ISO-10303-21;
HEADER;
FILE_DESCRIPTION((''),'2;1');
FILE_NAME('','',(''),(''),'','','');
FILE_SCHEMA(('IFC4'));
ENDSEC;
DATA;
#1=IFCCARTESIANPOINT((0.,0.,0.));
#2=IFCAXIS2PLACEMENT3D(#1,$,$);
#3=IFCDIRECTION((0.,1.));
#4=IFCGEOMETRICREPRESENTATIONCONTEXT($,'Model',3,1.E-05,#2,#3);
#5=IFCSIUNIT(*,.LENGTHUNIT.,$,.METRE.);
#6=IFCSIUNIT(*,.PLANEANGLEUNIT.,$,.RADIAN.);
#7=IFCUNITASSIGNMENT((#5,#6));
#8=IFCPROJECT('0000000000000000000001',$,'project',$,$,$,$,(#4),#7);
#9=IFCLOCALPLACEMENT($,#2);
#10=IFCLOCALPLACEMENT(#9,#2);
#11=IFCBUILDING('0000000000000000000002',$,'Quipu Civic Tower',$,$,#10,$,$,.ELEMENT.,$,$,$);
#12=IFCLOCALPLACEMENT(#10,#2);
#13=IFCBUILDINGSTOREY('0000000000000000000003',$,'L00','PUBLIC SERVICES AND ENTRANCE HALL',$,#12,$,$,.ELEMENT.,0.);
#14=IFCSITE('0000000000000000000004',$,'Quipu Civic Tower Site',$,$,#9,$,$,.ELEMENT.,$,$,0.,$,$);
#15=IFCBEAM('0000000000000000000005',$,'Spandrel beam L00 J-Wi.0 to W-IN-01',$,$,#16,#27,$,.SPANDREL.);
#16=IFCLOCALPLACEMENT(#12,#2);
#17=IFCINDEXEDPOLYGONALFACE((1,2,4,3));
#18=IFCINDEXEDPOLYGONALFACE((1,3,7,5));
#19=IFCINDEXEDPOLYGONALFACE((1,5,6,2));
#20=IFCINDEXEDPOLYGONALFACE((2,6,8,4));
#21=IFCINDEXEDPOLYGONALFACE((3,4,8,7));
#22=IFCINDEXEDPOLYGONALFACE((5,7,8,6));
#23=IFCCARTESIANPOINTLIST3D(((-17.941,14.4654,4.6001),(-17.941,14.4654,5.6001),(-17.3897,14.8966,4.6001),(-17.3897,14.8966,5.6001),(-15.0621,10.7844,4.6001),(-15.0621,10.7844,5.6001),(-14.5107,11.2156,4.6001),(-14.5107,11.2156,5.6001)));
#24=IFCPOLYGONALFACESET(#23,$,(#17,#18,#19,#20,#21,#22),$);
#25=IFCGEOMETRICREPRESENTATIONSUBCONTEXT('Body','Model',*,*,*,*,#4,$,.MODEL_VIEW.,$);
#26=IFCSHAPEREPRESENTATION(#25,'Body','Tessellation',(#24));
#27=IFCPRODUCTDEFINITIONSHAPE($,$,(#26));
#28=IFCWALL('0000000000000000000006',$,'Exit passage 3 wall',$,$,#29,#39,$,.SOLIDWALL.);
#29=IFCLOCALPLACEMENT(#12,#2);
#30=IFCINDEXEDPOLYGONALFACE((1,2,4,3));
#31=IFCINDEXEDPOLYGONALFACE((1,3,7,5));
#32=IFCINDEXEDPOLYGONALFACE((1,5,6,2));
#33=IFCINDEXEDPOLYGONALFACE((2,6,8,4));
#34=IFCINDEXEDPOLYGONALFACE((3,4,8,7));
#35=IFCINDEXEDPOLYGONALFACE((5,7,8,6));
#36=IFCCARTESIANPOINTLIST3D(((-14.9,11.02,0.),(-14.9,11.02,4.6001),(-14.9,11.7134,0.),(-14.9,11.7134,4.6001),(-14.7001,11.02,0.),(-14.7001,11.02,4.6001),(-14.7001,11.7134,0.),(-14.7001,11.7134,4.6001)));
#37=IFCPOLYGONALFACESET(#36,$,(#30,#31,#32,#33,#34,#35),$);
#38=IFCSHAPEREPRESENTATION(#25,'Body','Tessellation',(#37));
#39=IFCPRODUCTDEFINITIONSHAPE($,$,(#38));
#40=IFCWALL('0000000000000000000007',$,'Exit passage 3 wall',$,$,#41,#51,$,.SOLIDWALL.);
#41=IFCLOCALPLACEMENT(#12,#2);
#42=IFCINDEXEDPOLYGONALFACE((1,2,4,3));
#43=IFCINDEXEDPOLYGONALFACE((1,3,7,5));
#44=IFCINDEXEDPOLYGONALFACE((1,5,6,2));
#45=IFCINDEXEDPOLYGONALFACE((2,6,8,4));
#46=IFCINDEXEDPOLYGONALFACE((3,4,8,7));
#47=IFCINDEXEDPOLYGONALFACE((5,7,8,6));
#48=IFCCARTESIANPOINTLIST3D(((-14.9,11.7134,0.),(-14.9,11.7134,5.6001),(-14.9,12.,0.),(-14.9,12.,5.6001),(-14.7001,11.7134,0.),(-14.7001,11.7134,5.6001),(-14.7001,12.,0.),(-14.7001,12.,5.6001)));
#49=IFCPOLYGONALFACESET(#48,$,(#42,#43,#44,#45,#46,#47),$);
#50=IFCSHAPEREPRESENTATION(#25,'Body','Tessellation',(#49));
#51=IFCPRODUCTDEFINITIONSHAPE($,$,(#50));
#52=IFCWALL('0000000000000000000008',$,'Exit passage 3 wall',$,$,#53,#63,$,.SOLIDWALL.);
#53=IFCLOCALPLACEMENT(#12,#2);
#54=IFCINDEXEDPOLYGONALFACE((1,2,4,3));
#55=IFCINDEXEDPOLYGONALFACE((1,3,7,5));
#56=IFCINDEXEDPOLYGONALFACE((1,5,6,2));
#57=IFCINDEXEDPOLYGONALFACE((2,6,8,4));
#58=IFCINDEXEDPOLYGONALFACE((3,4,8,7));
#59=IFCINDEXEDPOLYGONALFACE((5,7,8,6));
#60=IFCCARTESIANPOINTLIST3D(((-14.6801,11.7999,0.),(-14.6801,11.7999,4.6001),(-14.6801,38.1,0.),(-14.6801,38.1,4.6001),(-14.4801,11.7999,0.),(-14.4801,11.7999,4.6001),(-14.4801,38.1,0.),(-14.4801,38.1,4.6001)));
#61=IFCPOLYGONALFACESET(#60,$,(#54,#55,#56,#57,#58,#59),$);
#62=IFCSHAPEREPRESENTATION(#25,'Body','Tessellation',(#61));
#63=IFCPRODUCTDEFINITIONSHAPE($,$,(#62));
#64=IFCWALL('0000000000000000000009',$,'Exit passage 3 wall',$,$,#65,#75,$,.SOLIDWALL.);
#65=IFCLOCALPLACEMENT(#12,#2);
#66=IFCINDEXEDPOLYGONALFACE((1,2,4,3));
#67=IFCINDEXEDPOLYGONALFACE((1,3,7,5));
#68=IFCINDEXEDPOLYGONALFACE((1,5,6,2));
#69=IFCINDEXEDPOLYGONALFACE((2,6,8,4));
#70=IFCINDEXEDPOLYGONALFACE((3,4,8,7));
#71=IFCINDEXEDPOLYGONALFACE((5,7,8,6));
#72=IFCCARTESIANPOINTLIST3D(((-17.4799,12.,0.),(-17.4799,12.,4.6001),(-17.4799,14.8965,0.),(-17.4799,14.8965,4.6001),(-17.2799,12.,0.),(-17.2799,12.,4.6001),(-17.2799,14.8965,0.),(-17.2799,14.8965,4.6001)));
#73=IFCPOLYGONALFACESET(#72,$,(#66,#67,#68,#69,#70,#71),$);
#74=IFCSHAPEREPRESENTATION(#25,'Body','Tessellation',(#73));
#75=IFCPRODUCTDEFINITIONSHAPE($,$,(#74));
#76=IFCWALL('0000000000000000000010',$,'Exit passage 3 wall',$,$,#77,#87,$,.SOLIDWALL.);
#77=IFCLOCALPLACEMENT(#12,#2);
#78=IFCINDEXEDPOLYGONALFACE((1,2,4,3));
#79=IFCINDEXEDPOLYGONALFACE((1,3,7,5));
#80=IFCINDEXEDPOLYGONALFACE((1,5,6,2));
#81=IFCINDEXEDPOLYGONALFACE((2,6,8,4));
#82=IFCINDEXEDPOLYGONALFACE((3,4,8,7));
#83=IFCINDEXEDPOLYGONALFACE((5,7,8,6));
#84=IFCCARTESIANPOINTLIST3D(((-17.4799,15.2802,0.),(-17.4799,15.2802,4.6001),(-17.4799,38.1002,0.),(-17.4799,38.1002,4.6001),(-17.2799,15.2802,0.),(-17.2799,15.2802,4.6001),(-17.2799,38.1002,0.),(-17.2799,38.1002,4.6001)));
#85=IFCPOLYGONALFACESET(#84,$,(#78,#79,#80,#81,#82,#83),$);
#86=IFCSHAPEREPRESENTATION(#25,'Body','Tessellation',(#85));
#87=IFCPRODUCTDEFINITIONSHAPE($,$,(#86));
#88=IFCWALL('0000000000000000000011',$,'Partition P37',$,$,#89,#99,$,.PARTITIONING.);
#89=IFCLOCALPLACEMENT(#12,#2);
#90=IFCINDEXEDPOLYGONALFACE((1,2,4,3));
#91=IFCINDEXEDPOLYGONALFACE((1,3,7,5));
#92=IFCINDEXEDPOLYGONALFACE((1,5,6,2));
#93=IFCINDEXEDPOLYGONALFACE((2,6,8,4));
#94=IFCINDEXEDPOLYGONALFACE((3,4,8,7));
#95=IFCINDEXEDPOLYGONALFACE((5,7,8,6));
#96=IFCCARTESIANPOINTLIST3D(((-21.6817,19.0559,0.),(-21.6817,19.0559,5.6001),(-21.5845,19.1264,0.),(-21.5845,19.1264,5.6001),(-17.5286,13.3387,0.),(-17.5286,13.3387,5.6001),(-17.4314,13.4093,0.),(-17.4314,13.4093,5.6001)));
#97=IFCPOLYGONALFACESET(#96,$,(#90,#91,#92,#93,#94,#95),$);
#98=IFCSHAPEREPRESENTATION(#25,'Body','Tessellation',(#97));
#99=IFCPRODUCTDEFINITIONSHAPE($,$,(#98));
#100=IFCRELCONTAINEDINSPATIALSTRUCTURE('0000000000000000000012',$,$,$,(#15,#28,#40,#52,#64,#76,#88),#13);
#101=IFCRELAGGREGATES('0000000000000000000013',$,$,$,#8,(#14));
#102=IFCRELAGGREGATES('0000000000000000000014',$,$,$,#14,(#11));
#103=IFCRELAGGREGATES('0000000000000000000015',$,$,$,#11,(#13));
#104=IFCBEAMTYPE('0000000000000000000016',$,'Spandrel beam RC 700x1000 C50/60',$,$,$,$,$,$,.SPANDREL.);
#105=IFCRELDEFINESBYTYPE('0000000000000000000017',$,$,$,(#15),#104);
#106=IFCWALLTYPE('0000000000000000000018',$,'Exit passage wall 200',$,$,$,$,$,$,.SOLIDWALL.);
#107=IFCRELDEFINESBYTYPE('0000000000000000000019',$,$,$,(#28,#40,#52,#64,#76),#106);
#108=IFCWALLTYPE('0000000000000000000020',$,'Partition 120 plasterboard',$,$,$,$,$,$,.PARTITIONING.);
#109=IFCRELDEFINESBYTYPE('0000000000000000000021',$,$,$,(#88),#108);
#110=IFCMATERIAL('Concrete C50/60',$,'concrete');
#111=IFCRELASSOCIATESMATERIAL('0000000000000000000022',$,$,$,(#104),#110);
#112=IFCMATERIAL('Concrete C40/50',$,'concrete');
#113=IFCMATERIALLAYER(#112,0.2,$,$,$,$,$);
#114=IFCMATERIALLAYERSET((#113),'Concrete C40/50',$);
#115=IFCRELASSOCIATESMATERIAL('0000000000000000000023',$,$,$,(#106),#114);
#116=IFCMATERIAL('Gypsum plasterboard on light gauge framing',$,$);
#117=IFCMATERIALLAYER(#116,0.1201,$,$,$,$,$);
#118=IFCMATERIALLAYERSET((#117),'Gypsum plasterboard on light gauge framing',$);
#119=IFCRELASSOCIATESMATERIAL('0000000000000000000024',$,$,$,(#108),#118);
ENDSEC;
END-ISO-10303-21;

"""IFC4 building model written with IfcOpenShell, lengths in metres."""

from ifc_helpers import new_model, si_unit, direction, frame, frame_2d, origin, origin_2d, place, context, subcontext, project, spatial, rectangle, extrude, material, layer, layer_set, material_profile, profile_set, type_object, element, save


model = new_model("IFC4")

# Units and contexts
model_context = context("Model", 3, precision=1e-05, world=origin(), true_north=direction((0.0, 1.0)))
body_context = subcontext(model_context, "Body", "Model", "MODEL_VIEW")
ifc_project = project(units=[si_unit("LENGTHUNIT", "METRE"), si_unit("PLANEANGLEUNIT", "RADIAN")], contexts=[model_context])

# Site, building, storey
site_placement = place(None, origin())
site = spatial("IfcSite", under=ifc_project, at=site_placement, Name="Quipu Civic Tower Site", CompositionType="ELEMENT", RefElevation=0.0)
building_placement = place(site_placement, origin())
building = spatial("IfcBuilding", under=site, at=building_placement, Name="Quipu Civic Tower", CompositionType="ELEMENT")
storey_placement = place(building_placement, origin())
storey = spatial("IfcBuildingStorey", under=building, at=storey_placement, Name="L00", Description="PUBLIC SERVICES AND ENTRANCE HALL", CompositionType="ELEMENT", Elevation=0.0)

# Beam
ifc_material_1 = material(Name="Concrete C50/60", Category="concrete")
ifc_material_profile_1 = material_profile(ifc_material_1, rectangle(XDim=0.7, YDim=1.0, at=origin_2d()), Name="RC700x1000")
ifc_profile_set_1 = profile_set([ifc_material_profile_1], Name="Concrete C50/60")
beam_type_1 = type_object("IfcBeamType", Name="Spandrel beam RC 700x1000 C50/60", PredefinedType="SPANDREL", material=ifc_profile_set_1)
beam_placement = place(storey_placement, frame((-14.7864, 11.0, 5.1001), z_axis=(-0.616069, 0.787692, 0.0), x_axis=(-0.787692, -0.616069, 0.0)))
element("IfcBeam", 1, at=beam_placement, inside=storey, type_object=beam_type_1, Name="Spandrel beam L00 J-Wi.0 to W-IN-01", PredefinedType="SPANDREL", context=body_context, shape_type="SweptSolid", body=[
    extrude(rectangle(XDim=0.7, YDim=1.0, at=origin_2d()), origin(), (0.0, 0.0, 1.0), 4.6731),
])

# Walls
ifc_material_2 = material(Name="Concrete C40/50", Category="concrete")
ifc_layer_1 = layer(ifc_material_2, 0.2)
ifc_layer_set_1 = layer_set([ifc_layer_1], Name="Concrete C40/50")
wall_type_1 = type_object("IfcWallType", Name="Exit passage wall 200", PredefinedType="SOLIDWALL", material=ifc_layer_set_1)
wall_1_placement = place(storey_placement, frame((-14.8, 11.02, 0.0), z_axis=(0.0, 0.0, 1.0), x_axis=(0.0, 1.0, 0.0)))
element("IfcWall", 2, at=wall_1_placement, inside=storey, type_object=wall_type_1, Name="Exit passage 3 wall", PredefinedType="SOLIDWALL", context=body_context, shape_type="SweptSolid", body=[
    extrude(rectangle(XDim=0.6934, YDim=0.2, at=frame_2d((0.3467, 0.0))), origin(), (0.0, 0.0, 1.0), 4.6001),
])
wall_2_placement = place(storey_placement, frame((-14.8, 11.7134, 0.0), z_axis=(0.0, 0.0, 1.0), x_axis=(0.0, 1.0, 0.0)))
element("IfcWall", 3, at=wall_2_placement, inside=storey, type_object=wall_type_1, Name="Exit passage 3 wall", PredefinedType="SOLIDWALL", context=body_context, shape_type="SweptSolid", body=[
    extrude(rectangle(XDim=0.2866, YDim=0.2, at=frame_2d((0.1433, 0.0))), origin(), (0.0, 0.0, 1.0), 5.6001),
])
wall_3_placement = place(storey_placement, frame((-14.5801, 11.8, 0.0), z_axis=(0.0, 0.0, 1.0), x_axis=(0.0, 1.0, 0.0)))
element("IfcWall", 4, at=wall_3_placement, inside=storey, type_object=wall_type_1, Name="Exit passage 3 wall", PredefinedType="SOLIDWALL", context=body_context, shape_type="SweptSolid", body=[
    extrude(rectangle(XDim=26.3, YDim=0.2, at=frame_2d((13.1499, 0.0))), origin(), (0.0, 0.0, 1.0), 4.6001),
])
wall_4_placement = place(storey_placement, frame((-17.3799, 12.0, 0.0), z_axis=(0.0, 0.0, 1.0), x_axis=(0.0, 1.0, 0.0)))
element("IfcWall", 5, at=wall_4_placement, inside=storey, type_object=wall_type_1, Name="Exit passage 3 wall", PredefinedType="SOLIDWALL", context=body_context, shape_type="SweptSolid", body=[
    extrude(rectangle(XDim=2.8965, YDim=0.2, at=frame_2d((1.4482, 0.0))), origin(), (0.0, 0.0, 1.0), 4.6001),
])
wall_5_placement = place(storey_placement, frame((-17.3799, 15.28, 0.0), z_axis=(0.0, 0.0, 1.0), x_axis=(0.0, 1.0, 0.0)))
element("IfcWall", 6, at=wall_5_placement, inside=storey, type_object=wall_type_1, Name="Exit passage 3 wall", PredefinedType="SOLIDWALL", context=body_context, shape_type="SweptSolid", body=[
    extrude(rectangle(XDim=22.8201, YDim=0.2, at=frame_2d((11.4102, 0.0))), origin(), (0.0, 0.0, 1.0), 4.6001),
])
ifc_material_3 = material(Name="Gypsum plasterboard on light gauge framing")
ifc_layer_2 = layer(ifc_material_3, 0.1201)
ifc_layer_set_2 = layer_set([ifc_layer_2], Name="Gypsum plasterboard on light gauge framing")
wall_type_2 = type_object("IfcWallType", Name="Partition 120 plasterboard", PredefinedType="PARTITIONING", material=ifc_layer_set_2)
wall_6_placement = place(storey_placement, frame((-17.48, 13.374, 0.0), z_axis=(0.0, 0.0, 1.0), x_axis=(-0.58773, 0.809057, 0.0)))
element("IfcWall", 7, at=wall_6_placement, inside=storey, type_object=wall_type_2, Name="Partition P37", PredefinedType="PARTITIONING", context=body_context, shape_type="SweptSolid", body=[
    extrude(rectangle(XDim=7.0664, YDim=0.1201, at=frame_2d((3.5332, 0.0))), origin(), (0.0, 0.0, 1.0), 5.6001),
])

save(model, "model.ifc")
